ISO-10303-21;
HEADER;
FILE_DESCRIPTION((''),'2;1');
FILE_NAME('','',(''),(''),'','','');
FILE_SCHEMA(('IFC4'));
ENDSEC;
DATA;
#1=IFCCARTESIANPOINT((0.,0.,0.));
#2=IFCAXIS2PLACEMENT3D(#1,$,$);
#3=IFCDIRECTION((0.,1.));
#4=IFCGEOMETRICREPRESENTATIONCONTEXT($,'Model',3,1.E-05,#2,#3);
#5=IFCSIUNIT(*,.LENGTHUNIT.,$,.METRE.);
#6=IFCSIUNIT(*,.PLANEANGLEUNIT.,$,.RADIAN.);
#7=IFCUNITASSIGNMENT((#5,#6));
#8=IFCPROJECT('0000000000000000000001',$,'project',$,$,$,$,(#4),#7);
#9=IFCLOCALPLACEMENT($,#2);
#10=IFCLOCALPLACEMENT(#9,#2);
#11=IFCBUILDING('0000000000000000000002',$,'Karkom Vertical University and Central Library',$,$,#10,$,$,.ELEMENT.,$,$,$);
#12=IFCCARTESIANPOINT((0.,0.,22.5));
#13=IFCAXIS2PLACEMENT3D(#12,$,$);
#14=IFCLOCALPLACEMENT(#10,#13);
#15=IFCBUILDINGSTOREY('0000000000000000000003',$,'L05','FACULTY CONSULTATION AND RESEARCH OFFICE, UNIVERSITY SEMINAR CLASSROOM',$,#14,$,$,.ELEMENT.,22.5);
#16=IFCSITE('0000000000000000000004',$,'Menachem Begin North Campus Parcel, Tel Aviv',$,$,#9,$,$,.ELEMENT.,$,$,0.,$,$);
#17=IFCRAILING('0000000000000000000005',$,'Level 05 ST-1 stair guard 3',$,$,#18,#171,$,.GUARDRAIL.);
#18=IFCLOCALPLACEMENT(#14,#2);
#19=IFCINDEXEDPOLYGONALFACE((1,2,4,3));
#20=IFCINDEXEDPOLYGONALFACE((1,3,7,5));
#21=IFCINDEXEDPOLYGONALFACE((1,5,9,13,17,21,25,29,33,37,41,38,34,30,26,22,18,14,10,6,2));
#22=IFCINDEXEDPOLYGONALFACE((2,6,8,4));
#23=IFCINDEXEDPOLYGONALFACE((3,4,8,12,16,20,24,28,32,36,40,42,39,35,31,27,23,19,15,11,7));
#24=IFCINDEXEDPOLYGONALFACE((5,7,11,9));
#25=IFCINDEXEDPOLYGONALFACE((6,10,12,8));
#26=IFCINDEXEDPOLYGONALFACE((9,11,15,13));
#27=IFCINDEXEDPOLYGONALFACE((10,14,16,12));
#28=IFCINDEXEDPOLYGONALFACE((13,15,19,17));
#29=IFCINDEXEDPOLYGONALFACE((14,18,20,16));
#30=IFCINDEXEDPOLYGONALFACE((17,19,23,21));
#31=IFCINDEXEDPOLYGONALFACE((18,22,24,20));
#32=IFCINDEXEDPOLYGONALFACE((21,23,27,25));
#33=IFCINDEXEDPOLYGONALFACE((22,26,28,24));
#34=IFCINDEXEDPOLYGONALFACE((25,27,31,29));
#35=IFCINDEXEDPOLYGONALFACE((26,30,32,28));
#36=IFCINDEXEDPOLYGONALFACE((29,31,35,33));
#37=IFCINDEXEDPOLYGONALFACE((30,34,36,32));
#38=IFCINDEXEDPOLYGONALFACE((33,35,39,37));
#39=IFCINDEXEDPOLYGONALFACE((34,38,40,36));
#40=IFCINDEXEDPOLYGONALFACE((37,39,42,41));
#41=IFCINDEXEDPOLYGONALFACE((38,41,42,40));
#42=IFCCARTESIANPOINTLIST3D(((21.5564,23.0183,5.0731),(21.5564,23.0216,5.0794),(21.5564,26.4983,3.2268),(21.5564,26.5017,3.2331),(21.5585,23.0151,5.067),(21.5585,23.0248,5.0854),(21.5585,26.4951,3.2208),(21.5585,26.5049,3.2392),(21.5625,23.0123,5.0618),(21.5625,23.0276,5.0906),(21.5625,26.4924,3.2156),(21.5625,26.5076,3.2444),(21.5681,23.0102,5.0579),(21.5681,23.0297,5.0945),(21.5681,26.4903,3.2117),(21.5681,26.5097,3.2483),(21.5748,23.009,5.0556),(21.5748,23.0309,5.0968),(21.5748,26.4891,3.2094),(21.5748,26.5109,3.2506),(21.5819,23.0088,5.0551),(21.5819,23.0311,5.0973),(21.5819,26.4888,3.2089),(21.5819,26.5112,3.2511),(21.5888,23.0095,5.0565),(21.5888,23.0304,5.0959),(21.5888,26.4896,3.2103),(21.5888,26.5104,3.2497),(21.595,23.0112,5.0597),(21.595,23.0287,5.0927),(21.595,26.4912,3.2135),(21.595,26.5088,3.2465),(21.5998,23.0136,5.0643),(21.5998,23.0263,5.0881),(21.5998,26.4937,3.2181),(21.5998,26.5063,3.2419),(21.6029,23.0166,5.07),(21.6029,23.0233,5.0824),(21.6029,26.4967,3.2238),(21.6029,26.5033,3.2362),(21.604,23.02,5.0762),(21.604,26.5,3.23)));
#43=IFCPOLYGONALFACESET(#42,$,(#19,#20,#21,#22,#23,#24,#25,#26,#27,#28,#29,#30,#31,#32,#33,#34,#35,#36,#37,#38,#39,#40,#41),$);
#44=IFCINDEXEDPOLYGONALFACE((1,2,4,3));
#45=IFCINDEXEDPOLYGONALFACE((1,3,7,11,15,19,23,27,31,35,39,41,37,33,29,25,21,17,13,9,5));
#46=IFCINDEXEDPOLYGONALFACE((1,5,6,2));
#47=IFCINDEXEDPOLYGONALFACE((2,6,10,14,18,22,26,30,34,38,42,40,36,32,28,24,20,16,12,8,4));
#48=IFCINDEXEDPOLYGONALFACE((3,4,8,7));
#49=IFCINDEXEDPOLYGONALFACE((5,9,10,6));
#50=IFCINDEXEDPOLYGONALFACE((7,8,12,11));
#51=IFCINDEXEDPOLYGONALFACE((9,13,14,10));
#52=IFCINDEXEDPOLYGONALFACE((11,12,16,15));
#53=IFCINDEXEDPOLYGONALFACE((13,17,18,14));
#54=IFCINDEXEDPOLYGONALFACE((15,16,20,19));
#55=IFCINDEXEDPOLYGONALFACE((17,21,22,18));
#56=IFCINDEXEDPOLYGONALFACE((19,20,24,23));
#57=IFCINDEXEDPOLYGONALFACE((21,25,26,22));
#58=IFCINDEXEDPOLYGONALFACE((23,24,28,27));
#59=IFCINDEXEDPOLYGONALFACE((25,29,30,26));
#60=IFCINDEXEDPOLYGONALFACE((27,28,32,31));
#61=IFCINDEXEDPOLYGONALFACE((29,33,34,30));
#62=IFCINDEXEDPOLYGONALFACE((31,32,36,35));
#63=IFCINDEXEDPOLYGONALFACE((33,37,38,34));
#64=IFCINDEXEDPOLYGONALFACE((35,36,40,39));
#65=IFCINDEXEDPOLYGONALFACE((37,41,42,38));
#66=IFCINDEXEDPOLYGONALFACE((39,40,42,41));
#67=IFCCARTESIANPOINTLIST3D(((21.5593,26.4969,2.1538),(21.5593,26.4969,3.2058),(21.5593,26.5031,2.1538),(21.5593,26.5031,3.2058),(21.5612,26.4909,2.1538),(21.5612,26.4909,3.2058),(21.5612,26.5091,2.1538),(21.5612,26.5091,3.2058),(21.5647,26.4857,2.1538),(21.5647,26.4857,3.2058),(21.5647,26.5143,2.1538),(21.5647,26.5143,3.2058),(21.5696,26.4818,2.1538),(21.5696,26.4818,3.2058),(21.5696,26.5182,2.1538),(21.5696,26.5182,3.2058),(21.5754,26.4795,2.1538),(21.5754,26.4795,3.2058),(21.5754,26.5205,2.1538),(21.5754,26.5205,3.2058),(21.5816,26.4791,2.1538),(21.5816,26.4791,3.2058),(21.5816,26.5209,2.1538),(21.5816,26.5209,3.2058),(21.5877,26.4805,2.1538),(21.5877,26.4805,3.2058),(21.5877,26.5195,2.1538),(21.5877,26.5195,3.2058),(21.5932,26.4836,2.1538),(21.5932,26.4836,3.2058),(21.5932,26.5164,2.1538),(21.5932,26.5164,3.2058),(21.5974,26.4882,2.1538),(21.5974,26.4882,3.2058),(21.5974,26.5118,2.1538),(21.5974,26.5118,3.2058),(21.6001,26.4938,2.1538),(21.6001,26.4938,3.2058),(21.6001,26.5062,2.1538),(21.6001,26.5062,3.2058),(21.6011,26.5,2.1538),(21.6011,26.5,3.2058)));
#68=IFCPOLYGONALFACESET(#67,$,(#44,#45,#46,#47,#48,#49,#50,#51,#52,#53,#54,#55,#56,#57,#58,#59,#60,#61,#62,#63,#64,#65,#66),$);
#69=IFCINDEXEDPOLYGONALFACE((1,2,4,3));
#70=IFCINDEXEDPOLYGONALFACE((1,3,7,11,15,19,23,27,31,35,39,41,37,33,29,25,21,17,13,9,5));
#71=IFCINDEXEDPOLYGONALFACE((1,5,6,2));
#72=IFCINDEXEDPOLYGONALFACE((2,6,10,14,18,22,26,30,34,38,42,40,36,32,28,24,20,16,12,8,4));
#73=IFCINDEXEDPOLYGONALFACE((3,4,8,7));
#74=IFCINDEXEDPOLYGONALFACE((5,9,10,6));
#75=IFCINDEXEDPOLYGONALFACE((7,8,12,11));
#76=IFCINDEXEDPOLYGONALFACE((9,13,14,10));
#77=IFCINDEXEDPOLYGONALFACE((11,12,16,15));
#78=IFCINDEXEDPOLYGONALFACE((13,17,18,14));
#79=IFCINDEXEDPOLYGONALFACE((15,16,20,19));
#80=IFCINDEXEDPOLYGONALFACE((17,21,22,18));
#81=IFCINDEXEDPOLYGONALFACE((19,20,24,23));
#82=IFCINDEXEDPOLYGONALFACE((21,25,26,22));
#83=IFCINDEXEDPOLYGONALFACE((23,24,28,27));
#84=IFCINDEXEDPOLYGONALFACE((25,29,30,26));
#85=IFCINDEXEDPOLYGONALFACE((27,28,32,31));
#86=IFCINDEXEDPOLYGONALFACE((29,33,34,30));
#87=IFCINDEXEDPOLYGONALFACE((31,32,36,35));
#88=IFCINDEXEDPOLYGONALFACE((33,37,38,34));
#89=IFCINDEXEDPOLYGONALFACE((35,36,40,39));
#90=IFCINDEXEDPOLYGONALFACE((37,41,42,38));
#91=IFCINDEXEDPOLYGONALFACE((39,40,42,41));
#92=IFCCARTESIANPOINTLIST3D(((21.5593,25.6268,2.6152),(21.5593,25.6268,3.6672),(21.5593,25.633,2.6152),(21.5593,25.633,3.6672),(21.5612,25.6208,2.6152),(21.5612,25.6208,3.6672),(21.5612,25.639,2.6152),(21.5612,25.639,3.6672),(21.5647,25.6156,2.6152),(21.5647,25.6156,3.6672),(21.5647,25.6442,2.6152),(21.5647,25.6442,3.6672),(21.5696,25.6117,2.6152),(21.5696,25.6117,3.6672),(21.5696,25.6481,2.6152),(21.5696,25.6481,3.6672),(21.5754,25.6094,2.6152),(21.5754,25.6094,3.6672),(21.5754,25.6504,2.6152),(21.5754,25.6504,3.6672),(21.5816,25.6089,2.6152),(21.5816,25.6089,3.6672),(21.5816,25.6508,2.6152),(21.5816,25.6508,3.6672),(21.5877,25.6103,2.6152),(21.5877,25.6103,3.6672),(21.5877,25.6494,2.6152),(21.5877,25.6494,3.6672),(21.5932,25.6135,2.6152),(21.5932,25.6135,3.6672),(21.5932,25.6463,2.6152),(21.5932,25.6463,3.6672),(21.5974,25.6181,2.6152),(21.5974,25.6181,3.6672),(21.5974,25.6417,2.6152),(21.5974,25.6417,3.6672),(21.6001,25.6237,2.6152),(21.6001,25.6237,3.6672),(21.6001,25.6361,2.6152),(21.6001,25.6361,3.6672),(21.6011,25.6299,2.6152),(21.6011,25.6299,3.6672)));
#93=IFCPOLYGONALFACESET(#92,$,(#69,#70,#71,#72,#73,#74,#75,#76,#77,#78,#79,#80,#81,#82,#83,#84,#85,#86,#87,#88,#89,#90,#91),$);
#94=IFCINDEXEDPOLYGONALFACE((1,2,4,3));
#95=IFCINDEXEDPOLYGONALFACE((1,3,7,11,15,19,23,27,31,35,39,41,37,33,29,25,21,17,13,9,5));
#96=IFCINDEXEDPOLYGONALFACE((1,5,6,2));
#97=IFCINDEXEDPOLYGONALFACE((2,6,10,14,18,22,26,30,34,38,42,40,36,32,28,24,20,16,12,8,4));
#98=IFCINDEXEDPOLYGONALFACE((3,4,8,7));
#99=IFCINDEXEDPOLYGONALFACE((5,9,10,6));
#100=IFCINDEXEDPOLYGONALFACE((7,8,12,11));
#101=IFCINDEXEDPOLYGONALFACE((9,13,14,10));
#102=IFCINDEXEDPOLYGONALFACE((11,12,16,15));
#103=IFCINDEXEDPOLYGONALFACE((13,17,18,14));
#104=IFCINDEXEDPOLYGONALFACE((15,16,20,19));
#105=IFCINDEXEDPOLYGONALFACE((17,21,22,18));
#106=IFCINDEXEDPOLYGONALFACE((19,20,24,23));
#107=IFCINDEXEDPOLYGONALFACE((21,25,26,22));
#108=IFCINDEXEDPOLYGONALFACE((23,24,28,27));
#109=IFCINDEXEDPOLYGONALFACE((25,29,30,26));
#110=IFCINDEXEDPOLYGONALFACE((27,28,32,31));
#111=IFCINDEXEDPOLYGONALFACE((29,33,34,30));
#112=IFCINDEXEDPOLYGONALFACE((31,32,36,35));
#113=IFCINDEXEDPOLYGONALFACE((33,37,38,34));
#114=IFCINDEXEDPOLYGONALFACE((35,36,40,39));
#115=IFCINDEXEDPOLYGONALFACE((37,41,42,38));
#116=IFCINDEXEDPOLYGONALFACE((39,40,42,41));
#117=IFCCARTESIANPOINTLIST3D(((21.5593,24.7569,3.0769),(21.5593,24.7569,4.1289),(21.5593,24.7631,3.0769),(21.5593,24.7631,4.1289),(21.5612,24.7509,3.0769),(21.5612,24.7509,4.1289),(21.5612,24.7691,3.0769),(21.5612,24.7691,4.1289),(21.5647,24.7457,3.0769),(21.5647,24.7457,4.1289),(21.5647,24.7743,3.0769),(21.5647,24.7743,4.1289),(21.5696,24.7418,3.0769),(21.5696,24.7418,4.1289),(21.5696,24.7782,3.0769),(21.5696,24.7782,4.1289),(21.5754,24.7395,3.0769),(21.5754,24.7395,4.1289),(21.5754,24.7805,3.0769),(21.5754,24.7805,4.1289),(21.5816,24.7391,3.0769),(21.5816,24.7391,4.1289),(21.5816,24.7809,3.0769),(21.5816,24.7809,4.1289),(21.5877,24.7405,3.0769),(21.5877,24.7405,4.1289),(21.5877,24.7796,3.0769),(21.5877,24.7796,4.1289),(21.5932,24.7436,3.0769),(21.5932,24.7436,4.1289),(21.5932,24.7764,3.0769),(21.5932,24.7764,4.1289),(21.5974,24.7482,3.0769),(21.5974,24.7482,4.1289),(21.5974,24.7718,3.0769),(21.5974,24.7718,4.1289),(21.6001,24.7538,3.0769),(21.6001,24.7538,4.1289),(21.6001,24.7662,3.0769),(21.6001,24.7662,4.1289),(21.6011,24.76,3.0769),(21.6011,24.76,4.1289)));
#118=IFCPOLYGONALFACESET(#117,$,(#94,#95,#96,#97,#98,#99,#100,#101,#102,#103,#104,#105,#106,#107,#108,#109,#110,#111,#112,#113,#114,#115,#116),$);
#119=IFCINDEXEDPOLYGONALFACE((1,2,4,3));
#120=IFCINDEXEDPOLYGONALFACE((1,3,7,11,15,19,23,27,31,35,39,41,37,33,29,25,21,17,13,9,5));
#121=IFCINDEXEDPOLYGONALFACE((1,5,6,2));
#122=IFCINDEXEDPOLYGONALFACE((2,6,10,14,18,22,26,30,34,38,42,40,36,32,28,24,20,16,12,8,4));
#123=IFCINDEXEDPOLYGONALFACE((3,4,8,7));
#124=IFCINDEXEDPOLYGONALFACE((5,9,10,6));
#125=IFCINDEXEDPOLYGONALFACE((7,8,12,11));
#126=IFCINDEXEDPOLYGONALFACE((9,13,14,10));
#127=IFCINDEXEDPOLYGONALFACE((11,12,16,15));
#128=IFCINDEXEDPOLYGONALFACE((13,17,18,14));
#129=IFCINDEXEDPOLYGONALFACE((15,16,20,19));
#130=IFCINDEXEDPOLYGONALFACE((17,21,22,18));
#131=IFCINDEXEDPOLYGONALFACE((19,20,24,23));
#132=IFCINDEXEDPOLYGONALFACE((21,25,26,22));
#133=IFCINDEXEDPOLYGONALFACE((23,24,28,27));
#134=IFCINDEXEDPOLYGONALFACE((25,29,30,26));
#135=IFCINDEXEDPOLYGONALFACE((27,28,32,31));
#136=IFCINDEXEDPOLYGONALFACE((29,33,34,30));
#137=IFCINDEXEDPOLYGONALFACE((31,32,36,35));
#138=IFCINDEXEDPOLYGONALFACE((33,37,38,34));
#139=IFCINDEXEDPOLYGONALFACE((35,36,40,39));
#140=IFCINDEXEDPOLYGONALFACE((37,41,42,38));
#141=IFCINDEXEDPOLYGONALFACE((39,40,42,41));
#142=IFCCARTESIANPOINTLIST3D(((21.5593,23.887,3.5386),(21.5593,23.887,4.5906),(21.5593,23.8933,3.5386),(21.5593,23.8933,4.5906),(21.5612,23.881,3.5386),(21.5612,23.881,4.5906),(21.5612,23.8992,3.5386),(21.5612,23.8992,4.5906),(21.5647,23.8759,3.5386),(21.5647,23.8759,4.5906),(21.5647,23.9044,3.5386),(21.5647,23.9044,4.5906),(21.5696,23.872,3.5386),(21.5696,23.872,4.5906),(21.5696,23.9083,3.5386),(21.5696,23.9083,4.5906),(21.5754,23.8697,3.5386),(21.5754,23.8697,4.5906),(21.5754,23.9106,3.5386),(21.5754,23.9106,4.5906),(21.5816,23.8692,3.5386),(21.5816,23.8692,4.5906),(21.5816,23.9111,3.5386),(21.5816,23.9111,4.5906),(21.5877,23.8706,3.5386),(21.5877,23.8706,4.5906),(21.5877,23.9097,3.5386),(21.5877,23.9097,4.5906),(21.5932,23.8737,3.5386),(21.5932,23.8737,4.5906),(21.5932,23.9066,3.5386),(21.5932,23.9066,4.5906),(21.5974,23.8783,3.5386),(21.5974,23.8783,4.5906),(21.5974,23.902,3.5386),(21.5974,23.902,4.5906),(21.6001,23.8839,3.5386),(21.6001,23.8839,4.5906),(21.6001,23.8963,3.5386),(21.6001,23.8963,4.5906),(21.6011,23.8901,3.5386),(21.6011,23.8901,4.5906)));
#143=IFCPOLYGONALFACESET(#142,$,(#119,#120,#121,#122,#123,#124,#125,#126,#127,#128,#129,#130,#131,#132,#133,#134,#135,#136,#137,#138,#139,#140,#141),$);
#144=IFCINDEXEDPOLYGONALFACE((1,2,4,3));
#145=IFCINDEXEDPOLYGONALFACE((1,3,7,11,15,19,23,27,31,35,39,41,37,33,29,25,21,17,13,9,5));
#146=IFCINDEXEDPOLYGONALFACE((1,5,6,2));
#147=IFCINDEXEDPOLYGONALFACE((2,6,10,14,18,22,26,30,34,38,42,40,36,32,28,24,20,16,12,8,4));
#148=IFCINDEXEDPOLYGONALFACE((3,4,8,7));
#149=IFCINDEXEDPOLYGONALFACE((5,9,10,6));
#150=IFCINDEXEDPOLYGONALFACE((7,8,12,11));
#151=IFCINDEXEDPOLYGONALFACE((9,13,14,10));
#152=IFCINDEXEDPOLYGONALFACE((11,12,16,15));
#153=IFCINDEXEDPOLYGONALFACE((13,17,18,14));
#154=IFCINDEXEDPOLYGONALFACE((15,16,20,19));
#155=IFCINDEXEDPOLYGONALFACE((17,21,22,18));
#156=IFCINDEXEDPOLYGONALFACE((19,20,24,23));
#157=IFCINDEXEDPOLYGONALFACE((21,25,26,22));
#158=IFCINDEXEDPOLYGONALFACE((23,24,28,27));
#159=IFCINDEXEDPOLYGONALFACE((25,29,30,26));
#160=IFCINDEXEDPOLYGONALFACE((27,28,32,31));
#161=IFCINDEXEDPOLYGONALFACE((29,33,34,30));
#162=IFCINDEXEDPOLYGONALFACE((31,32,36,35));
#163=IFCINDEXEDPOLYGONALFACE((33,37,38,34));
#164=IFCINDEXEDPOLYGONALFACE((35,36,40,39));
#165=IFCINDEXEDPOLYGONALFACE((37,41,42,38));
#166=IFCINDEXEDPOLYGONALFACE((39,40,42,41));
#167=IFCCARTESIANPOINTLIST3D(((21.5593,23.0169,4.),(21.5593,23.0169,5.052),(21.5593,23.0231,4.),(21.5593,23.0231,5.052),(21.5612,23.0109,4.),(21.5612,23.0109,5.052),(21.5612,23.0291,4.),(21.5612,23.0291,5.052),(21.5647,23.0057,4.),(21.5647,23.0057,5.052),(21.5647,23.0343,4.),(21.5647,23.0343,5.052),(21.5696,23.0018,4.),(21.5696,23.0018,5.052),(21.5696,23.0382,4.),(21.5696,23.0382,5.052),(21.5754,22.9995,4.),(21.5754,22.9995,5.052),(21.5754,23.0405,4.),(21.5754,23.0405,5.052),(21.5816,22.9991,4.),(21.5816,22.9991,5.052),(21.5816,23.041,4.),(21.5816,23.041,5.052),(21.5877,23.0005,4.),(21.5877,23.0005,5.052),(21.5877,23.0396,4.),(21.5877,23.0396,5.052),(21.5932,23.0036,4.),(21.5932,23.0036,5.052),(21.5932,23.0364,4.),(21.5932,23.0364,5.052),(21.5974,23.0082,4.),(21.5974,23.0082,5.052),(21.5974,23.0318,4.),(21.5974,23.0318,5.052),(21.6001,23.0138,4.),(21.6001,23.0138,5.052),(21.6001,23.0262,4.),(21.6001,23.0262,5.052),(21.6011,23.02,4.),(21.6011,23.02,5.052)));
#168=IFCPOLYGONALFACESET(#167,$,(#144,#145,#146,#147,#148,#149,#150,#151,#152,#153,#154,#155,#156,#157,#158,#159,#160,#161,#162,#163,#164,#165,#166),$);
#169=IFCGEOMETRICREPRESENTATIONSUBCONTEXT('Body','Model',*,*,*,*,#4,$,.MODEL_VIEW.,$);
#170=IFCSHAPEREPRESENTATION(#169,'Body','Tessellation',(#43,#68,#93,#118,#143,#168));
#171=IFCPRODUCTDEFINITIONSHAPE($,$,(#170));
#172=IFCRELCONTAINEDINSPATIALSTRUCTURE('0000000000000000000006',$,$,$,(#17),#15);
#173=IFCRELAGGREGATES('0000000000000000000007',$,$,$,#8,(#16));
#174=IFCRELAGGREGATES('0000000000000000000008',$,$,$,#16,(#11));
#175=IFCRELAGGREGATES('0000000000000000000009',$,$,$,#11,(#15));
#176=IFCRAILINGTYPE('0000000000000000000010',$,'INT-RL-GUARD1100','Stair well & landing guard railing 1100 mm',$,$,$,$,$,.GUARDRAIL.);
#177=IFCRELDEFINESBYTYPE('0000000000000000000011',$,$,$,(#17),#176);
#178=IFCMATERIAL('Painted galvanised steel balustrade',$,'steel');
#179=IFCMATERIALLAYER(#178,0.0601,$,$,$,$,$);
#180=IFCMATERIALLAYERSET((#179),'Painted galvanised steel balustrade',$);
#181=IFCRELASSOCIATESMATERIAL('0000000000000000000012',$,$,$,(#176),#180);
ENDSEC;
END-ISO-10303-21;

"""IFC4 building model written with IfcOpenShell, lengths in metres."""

from ifc_helpers import new_model, si_unit, direction, frame, origin, origin_2d, place, context, subcontext, project, spatial, circle, extrude, material, layer, layer_set, type_object, element, save


model = new_model("IFC4")

# Units and contexts
model_context = context("Model", 3, precision=1e-05, world=origin(), true_north=direction((0.0, 1.0)))
body_context = subcontext(model_context, "Body", "Model", "MODEL_VIEW")
ifc_project = project(units=[si_unit("LENGTHUNIT", "METRE"), si_unit("PLANEANGLEUNIT", "RADIAN")], contexts=[model_context])

# Site, building, storey
site_placement = place(None, origin())
site = spatial("IfcSite", under=ifc_project, at=site_placement, Name="Menachem Begin North Campus Parcel, Tel Aviv", CompositionType="ELEMENT", RefElevation=0.0)
building_placement = place(site_placement, origin())
building = spatial("IfcBuilding", under=site, at=building_placement, Name="Karkom Vertical University and Central Library", CompositionType="ELEMENT")
storey_placement = place(building_placement, frame((0.0, 0.0, 22.5)))
storey = spatial("IfcBuildingStorey", under=building, at=storey_placement, Name="L05", Description="FACULTY CONSULTATION AND RESEARCH OFFICE, UNIVERSITY SEMINAR CLASSROOM", CompositionType="ELEMENT", Elevation=22.5)

# Railing
ifc_material_1 = material(Name="Painted galvanised steel balustrade", Category="steel")
ifc_layer_1 = layer(ifc_material_1, 0.0601)
ifc_layer_set_1 = layer_set([ifc_layer_1], Name="Painted galvanised steel balustrade")
railing_type_1 = type_object("IfcRailingType", Name="INT-RL-GUARD1100", Description="Stair well & landing guard railing 1100 mm", PredefinedType="GUARDRAIL", material=ifc_layer_set_1)
railing_1_placement = place(storey_placement, frame((21.5801, 26.5, 2.1538)))
element("IfcRailing", 1, at=railing_1_placement, inside=storey, type_object=railing_type_1, Name="Level 05 ST-1 stair guard 3", PredefinedType="GUARDRAIL", context=body_context, shape_type="SweptSolid", body=[
    extrude(circle(Radius=0.0239, at=origin_2d()), frame((0.0, 0.0, 1.0762), z_axis=(0.0, -0.883384, 0.468651), x_axis=(1.0, 0.0, 0.0)), (0.0, 0.0, 1.0), 3.9395),
    extrude(circle(Radius=0.021, at=origin_2d()), origin(), (0.0, 0.0, 1.0), 1.052),
    extrude(circle(Radius=0.021, at=origin_2d()), frame((0.0, -0.8701, 0.4614)), (0.0, 0.0, 1.0), 1.052),
    extrude(circle(Radius=0.021, at=origin_2d()), frame((0.0, -1.74, 0.9231)), (0.0, 0.0, 1.0), 1.052),
    extrude(circle(Radius=0.021, at=origin_2d()), frame((0.0, -2.6099, 1.3848)), (0.0, 0.0, 1.0), 1.052),
    extrude(circle(Radius=0.021, at=origin_2d()), frame((0.0, -3.48, 1.8462)), (0.0, 0.0, 1.0), 1.052),
])

save(model, "model.ifc")
